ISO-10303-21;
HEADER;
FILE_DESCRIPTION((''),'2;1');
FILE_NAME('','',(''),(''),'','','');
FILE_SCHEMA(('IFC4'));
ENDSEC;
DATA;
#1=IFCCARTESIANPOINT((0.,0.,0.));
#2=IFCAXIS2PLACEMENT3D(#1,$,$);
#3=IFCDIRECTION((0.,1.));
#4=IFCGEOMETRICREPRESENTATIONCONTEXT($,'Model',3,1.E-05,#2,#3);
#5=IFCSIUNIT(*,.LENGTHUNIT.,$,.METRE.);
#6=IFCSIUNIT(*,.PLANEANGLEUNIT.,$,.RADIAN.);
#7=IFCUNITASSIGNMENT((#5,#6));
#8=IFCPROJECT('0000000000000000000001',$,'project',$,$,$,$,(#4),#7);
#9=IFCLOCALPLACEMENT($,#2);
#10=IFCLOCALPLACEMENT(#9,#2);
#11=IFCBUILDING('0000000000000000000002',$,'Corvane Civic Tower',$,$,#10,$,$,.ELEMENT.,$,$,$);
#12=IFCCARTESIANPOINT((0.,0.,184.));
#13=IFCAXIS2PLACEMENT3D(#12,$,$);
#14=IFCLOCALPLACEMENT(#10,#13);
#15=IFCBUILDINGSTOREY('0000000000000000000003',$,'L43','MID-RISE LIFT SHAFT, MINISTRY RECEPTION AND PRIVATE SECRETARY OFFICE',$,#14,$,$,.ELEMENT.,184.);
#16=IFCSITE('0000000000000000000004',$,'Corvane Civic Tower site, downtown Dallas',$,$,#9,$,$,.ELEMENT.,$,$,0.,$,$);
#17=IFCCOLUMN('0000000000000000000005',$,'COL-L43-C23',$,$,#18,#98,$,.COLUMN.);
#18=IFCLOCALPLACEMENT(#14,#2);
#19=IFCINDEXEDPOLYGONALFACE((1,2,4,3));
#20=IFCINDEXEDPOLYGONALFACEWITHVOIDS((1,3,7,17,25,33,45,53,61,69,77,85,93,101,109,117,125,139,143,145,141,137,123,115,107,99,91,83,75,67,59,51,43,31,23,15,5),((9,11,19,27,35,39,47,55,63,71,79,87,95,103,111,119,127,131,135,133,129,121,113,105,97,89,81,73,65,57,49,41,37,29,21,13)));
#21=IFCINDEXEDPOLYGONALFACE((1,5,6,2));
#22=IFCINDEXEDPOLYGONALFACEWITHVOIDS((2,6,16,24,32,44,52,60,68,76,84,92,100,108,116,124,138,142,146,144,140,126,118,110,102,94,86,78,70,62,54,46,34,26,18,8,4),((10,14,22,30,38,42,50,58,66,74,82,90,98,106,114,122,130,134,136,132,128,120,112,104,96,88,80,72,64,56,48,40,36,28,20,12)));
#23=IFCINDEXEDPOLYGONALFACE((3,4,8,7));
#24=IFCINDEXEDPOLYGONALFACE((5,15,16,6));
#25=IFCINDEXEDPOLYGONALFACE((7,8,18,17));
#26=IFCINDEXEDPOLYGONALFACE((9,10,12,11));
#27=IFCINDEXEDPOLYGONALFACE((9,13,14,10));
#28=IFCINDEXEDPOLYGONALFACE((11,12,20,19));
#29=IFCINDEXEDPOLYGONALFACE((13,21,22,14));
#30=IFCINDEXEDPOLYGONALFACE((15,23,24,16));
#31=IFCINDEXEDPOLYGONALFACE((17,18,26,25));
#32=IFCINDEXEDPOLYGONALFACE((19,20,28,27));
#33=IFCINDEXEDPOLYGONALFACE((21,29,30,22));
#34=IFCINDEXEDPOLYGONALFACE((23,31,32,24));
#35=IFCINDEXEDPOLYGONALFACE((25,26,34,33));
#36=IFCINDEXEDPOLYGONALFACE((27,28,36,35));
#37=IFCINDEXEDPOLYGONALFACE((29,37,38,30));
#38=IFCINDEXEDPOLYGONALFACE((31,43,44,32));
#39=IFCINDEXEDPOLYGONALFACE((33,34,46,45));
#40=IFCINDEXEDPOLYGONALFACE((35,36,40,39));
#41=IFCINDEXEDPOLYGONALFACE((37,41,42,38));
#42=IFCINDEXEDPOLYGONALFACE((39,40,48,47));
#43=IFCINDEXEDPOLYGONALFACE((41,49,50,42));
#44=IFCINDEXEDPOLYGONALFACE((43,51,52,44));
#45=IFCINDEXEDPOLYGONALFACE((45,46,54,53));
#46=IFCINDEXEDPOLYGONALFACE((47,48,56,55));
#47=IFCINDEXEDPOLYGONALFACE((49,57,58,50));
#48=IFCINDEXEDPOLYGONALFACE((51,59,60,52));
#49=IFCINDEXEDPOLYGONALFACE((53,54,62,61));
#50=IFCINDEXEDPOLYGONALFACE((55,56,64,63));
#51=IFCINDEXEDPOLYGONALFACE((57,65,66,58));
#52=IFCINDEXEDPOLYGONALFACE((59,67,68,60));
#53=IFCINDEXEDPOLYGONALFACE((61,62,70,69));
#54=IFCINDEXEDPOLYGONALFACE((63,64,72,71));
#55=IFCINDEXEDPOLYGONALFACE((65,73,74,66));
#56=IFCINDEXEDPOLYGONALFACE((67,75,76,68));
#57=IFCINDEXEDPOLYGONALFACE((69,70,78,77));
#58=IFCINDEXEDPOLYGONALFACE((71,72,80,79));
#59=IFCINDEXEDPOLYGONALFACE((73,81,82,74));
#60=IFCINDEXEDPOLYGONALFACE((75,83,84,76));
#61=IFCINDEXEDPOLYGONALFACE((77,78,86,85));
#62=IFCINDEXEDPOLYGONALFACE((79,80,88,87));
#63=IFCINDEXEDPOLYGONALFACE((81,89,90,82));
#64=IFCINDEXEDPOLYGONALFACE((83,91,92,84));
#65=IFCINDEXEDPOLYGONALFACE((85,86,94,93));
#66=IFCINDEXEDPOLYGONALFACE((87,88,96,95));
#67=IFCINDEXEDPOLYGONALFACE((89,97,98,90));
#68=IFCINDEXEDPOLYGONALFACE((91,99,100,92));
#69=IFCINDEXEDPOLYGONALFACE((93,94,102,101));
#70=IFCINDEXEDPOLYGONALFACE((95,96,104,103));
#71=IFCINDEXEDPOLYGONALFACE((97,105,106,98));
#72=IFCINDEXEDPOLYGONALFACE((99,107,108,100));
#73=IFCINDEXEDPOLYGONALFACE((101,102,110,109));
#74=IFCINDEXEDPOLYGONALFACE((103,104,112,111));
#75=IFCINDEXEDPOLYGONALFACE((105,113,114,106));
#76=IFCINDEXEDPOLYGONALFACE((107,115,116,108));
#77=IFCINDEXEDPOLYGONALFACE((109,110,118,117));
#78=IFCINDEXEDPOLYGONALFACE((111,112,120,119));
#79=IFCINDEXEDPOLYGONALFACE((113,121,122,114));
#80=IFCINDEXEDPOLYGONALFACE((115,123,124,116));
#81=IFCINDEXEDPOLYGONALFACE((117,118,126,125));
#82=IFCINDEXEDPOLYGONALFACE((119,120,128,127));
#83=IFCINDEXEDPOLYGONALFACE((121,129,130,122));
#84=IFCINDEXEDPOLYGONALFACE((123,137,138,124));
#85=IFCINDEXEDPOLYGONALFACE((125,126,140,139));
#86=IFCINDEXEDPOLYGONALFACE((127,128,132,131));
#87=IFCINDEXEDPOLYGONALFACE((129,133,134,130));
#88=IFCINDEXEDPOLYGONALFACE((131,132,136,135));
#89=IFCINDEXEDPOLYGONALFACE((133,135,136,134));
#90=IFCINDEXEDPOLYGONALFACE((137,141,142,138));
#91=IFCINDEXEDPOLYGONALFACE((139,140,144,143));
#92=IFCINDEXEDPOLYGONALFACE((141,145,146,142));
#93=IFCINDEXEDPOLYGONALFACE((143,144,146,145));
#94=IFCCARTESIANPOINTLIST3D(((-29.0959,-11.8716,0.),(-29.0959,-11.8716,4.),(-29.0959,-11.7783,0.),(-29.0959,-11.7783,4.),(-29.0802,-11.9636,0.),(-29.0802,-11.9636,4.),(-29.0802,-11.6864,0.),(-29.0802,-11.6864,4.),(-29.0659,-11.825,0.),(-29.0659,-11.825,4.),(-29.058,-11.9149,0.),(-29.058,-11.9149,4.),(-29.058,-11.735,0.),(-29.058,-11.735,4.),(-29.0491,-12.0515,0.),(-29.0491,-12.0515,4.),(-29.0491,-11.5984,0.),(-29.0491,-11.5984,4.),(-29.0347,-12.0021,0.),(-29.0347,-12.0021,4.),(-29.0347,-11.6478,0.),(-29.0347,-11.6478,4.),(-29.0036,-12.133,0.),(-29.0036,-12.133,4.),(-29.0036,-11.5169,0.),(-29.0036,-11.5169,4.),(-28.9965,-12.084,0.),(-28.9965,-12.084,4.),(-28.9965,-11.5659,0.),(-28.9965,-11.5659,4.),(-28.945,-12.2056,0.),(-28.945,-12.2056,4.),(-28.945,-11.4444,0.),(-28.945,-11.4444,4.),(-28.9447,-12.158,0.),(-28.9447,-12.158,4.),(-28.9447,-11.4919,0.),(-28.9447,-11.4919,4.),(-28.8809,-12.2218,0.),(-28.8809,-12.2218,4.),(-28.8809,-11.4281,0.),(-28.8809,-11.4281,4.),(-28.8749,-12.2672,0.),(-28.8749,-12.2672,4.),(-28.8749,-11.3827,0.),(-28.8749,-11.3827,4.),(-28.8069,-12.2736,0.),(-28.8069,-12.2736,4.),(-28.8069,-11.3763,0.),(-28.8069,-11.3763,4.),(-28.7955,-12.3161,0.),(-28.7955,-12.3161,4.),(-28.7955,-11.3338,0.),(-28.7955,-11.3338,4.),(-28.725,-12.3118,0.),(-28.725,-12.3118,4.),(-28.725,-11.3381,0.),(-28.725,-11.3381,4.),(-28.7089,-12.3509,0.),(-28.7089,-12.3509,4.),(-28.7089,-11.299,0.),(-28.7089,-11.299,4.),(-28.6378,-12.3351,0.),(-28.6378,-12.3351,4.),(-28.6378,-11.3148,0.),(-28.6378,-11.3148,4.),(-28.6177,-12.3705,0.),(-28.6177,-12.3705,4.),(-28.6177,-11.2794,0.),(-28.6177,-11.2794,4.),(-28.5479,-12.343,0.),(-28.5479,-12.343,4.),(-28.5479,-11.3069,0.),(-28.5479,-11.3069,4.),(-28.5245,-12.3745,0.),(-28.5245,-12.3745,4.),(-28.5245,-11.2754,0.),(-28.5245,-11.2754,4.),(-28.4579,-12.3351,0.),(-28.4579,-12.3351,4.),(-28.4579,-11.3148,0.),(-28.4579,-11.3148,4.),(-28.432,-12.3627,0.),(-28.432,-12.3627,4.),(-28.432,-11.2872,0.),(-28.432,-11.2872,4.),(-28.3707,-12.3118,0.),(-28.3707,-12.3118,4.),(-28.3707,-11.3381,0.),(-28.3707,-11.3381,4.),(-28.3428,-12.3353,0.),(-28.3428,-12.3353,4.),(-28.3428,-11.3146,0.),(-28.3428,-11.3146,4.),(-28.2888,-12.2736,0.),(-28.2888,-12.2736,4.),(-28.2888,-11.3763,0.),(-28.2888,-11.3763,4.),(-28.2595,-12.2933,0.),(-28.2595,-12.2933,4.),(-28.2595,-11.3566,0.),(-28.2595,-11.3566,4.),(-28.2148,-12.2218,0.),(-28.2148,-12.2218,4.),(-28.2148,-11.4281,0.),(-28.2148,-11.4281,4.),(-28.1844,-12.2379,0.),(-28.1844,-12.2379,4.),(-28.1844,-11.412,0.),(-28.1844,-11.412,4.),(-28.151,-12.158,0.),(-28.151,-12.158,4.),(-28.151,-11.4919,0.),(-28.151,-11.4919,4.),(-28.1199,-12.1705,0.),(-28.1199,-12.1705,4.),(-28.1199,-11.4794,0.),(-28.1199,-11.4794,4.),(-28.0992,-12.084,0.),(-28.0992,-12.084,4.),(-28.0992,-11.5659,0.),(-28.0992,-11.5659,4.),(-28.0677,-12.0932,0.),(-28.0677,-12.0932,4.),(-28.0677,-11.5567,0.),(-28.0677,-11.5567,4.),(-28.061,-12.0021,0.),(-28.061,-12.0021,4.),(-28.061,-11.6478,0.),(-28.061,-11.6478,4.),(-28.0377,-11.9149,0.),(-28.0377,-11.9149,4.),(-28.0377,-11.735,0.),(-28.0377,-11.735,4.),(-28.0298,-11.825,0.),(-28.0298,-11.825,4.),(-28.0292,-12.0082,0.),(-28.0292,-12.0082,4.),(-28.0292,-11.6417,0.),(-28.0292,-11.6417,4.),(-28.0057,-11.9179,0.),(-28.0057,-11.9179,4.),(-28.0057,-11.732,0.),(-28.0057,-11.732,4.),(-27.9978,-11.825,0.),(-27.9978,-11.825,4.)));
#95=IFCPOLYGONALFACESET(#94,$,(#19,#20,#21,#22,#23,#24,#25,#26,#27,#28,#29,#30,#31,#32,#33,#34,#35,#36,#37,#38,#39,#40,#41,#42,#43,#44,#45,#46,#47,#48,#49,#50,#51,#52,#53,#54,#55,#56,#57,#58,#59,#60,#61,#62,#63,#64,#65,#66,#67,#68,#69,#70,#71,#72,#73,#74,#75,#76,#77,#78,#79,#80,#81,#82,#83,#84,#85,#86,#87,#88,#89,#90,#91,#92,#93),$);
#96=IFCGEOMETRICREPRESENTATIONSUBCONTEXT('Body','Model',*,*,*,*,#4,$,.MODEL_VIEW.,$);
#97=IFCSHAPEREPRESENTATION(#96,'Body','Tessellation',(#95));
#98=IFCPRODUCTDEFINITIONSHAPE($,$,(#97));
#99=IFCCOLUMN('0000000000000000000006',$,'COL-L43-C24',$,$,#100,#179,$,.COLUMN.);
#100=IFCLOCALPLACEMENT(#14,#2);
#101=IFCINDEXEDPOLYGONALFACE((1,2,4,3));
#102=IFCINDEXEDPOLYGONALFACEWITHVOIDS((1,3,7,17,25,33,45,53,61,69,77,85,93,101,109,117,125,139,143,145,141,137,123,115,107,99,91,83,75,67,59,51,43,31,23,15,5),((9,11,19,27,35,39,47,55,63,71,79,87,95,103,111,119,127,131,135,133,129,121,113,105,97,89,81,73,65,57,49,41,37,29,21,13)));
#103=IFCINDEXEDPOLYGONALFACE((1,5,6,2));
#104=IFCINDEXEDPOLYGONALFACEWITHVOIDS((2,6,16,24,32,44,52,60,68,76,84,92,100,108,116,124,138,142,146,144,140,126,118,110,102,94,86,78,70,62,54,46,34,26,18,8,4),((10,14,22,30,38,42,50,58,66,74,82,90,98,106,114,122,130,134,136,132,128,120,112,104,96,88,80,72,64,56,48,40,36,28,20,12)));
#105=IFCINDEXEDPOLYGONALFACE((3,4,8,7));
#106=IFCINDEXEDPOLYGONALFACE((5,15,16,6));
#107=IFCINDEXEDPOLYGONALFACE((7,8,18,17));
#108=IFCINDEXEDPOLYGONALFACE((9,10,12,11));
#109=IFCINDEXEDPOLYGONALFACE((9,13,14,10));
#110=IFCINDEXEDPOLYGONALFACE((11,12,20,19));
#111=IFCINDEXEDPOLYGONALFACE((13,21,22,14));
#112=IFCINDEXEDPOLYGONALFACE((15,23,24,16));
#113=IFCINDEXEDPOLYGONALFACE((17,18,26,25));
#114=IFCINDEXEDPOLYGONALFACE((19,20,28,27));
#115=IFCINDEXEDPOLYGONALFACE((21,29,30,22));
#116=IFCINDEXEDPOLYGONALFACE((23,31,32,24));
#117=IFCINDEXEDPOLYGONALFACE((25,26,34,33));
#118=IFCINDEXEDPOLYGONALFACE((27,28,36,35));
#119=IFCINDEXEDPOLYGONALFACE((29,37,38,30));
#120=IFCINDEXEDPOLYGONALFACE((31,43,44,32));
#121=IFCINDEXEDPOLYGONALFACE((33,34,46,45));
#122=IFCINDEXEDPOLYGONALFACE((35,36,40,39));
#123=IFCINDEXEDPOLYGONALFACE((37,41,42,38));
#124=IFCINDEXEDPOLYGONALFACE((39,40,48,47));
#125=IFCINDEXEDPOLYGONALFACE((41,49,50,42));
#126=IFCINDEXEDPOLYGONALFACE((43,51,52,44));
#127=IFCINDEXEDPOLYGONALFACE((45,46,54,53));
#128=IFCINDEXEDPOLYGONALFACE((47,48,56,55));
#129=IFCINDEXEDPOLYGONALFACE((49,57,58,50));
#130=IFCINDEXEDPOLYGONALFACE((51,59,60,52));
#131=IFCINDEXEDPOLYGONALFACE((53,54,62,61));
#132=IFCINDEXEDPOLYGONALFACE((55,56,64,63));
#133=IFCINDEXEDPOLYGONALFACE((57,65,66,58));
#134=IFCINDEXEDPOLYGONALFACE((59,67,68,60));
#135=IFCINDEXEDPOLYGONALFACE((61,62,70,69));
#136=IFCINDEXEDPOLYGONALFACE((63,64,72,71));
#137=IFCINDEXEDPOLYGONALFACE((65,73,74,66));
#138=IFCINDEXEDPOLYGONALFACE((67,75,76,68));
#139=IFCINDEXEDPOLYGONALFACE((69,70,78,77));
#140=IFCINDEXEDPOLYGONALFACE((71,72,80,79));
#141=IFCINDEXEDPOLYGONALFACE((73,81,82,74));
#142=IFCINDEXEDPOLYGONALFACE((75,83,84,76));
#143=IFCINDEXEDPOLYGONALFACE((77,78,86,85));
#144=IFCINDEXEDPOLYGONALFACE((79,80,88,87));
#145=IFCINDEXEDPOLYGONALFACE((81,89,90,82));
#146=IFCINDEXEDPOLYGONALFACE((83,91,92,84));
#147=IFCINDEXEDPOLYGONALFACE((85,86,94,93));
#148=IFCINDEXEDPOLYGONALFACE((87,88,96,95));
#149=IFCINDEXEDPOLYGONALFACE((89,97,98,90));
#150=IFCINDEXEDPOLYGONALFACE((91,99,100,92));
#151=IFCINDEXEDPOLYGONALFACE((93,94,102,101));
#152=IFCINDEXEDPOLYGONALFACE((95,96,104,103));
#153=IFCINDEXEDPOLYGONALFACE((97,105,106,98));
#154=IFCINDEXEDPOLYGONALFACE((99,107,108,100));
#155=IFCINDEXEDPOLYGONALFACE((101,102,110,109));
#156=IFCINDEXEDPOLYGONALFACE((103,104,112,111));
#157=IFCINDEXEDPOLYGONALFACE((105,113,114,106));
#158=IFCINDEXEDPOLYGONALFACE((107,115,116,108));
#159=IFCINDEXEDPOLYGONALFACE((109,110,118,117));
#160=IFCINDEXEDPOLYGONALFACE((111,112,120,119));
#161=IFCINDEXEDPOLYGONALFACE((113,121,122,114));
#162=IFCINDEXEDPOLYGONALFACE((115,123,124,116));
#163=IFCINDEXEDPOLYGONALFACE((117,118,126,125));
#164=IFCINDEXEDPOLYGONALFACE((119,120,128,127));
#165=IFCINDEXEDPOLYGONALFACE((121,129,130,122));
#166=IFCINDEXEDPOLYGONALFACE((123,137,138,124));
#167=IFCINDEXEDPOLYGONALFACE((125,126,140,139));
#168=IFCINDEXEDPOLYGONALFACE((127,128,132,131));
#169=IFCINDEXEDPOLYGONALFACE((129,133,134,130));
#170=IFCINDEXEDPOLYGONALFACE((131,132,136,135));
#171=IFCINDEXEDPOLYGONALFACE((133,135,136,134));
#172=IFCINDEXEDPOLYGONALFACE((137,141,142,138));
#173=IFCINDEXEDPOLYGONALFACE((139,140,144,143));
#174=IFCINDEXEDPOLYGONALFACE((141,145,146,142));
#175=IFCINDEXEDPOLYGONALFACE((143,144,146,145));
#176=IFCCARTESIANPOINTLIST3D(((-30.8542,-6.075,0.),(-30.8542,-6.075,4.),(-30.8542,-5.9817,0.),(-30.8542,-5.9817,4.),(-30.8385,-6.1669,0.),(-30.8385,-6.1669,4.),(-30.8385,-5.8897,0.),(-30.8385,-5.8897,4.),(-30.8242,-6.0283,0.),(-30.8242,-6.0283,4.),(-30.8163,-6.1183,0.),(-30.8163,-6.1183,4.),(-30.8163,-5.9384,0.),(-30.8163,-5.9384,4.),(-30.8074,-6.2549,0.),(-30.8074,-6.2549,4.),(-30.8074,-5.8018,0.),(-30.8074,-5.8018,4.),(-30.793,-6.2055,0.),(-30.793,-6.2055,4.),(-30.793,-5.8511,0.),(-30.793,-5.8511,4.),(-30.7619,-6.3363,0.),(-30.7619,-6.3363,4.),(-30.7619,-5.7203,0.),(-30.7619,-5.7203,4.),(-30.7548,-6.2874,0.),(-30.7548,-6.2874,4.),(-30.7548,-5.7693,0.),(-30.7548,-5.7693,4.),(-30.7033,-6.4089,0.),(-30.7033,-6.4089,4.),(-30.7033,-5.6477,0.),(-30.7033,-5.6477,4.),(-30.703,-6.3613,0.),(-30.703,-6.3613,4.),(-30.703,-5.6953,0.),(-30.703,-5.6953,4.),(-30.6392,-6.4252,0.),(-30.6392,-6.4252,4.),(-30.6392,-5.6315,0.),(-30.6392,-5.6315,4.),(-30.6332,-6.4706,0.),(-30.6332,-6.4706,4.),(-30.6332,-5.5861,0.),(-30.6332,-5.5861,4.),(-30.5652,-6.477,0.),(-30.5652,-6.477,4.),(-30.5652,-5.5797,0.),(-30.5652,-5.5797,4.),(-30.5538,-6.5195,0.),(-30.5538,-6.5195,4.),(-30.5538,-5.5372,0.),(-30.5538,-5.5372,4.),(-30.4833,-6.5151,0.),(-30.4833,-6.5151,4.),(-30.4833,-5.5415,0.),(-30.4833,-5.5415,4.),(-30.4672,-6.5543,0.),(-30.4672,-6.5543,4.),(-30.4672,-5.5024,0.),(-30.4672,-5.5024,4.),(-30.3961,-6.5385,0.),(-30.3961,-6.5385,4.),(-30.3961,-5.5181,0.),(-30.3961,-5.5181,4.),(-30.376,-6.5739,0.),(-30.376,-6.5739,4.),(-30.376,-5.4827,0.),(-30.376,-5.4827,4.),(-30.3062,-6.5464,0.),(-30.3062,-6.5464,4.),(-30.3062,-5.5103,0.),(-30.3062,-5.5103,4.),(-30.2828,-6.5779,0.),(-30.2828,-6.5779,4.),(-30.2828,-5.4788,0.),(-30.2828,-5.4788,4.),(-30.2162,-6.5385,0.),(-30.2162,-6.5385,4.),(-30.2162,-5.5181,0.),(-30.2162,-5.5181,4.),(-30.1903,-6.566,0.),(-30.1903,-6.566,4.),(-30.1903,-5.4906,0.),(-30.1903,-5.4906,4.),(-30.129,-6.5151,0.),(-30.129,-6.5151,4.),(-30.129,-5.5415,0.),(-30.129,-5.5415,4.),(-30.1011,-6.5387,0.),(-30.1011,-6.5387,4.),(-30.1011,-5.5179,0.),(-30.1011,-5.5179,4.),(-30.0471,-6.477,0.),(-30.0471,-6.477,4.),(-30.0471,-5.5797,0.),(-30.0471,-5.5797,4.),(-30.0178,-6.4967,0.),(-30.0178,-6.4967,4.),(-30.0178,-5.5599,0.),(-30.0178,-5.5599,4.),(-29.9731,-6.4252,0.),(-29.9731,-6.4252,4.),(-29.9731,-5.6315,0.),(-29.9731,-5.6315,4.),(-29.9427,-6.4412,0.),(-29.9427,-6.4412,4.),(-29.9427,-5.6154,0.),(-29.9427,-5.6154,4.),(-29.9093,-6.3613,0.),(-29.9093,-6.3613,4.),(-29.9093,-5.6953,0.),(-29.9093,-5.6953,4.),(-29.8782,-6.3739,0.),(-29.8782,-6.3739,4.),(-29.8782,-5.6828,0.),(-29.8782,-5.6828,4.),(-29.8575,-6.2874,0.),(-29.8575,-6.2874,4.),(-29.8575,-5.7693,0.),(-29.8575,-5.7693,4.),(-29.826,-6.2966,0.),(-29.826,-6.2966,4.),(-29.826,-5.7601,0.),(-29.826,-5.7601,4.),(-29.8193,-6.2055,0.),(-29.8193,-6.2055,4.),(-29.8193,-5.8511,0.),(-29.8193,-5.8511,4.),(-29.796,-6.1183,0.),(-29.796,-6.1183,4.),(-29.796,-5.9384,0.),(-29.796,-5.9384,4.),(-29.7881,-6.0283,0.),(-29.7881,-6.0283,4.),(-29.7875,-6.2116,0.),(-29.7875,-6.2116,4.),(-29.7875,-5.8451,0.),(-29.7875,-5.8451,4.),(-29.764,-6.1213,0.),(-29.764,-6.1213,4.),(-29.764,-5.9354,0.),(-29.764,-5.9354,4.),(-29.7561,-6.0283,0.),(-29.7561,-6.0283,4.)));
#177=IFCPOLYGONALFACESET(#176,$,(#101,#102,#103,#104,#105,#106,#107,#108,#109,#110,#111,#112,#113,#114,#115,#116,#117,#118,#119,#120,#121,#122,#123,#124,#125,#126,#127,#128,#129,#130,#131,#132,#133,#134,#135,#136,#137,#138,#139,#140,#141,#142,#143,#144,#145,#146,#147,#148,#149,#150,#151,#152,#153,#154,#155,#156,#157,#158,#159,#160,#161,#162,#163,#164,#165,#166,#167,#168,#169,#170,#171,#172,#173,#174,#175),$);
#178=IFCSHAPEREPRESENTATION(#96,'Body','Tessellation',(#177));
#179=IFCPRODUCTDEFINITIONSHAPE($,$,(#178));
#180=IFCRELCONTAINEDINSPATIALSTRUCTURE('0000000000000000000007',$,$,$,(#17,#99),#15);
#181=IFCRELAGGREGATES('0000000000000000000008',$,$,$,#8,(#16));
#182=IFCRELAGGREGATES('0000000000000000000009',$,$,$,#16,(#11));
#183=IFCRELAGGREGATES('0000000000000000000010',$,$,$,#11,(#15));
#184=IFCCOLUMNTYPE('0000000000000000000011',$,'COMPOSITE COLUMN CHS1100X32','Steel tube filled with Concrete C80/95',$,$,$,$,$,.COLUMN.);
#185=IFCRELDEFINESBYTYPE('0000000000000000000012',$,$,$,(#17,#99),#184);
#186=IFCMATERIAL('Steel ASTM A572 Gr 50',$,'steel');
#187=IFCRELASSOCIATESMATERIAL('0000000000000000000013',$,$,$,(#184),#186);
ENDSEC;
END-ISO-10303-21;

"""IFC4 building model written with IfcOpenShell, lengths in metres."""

from ifc_helpers import new_model, si_unit, direction, frame, origin, origin_2d, place, context, subcontext, project, spatial, hollow_circle, extrude, material, material_profile, profile_set, type_object, element, save


model = new_model("IFC4")

# Units and contexts
model_context = context("Model", 3, precision=1e-05, world=origin(), true_north=direction((0.0, 1.0)))
body_context = subcontext(model_context, "Body", "Model", "MODEL_VIEW")
ifc_project = project(units=[si_unit("LENGTHUNIT", "METRE"), si_unit("PLANEANGLEUNIT", "RADIAN")], contexts=[model_context])

# Site, building, storey
site_placement = place(None, origin())
site = spatial("IfcSite", under=ifc_project, at=site_placement, Name="Corvane Civic Tower site, downtown Dallas", CompositionType="ELEMENT", RefElevation=0.0)
building_placement = place(site_placement, origin())
building = spatial("IfcBuilding", under=site, at=building_placement, Name="Corvane Civic Tower", CompositionType="ELEMENT")
storey_placement = place(building_placement, frame((0.0, 0.0, 184.0)))
storey = spatial("IfcBuildingStorey", under=building, at=storey_placement, Name="L43", Description="MID-RISE LIFT SHAFT, MINISTRY RECEPTION AND PRIVATE SECRETARY OFFICE", CompositionType="ELEMENT", Elevation=184.0)

# Columns
ifc_material_1 = material(Name="Steel ASTM A572 Gr 50", Category="steel")
ifc_material_profile_1 = material_profile(ifc_material_1, hollow_circle(Radius=0.55, WallThickness=0.032, at=origin_2d()), Name="CHS1100X32")
ifc_profile_set_1 = profile_set([ifc_material_profile_1], Name="Steel ASTM A572 Gr 50")
column_type = type_object("IfcColumnType", Name="COMPOSITE COLUMN CHS1100X32", Description="Steel tube filled with Concrete C80/95", PredefinedType="COLUMN", material=ifc_profile_set_1)
for number, where, z_axis, x_axis, name in (
    (1, (-28.5479, -11.825, 0.0), (0.0, 0.0, 1.0), (1.0, 0.0, 0.0), "COL-L43-C23"),
    (2, (-30.3062, -6.0283, 0.0), (0.0, 0.0, 1.0), (1.0, 0.0, 0.0), "COL-L43-C24"),
):
    element("IfcColumn", number, at=place(storey_placement, frame(where, z_axis=z_axis, x_axis=x_axis)), inside=storey, type_object=column_type, Name=name, PredefinedType="COLUMN", context=body_context, shape_type="SweptSolid", body=[
        extrude(hollow_circle(Radius=0.55, WallThickness=0.032, at=origin_2d()), origin(), (0.0, 0.0, 1.0), 4.0),
    ])

save(model, "model.ifc")
